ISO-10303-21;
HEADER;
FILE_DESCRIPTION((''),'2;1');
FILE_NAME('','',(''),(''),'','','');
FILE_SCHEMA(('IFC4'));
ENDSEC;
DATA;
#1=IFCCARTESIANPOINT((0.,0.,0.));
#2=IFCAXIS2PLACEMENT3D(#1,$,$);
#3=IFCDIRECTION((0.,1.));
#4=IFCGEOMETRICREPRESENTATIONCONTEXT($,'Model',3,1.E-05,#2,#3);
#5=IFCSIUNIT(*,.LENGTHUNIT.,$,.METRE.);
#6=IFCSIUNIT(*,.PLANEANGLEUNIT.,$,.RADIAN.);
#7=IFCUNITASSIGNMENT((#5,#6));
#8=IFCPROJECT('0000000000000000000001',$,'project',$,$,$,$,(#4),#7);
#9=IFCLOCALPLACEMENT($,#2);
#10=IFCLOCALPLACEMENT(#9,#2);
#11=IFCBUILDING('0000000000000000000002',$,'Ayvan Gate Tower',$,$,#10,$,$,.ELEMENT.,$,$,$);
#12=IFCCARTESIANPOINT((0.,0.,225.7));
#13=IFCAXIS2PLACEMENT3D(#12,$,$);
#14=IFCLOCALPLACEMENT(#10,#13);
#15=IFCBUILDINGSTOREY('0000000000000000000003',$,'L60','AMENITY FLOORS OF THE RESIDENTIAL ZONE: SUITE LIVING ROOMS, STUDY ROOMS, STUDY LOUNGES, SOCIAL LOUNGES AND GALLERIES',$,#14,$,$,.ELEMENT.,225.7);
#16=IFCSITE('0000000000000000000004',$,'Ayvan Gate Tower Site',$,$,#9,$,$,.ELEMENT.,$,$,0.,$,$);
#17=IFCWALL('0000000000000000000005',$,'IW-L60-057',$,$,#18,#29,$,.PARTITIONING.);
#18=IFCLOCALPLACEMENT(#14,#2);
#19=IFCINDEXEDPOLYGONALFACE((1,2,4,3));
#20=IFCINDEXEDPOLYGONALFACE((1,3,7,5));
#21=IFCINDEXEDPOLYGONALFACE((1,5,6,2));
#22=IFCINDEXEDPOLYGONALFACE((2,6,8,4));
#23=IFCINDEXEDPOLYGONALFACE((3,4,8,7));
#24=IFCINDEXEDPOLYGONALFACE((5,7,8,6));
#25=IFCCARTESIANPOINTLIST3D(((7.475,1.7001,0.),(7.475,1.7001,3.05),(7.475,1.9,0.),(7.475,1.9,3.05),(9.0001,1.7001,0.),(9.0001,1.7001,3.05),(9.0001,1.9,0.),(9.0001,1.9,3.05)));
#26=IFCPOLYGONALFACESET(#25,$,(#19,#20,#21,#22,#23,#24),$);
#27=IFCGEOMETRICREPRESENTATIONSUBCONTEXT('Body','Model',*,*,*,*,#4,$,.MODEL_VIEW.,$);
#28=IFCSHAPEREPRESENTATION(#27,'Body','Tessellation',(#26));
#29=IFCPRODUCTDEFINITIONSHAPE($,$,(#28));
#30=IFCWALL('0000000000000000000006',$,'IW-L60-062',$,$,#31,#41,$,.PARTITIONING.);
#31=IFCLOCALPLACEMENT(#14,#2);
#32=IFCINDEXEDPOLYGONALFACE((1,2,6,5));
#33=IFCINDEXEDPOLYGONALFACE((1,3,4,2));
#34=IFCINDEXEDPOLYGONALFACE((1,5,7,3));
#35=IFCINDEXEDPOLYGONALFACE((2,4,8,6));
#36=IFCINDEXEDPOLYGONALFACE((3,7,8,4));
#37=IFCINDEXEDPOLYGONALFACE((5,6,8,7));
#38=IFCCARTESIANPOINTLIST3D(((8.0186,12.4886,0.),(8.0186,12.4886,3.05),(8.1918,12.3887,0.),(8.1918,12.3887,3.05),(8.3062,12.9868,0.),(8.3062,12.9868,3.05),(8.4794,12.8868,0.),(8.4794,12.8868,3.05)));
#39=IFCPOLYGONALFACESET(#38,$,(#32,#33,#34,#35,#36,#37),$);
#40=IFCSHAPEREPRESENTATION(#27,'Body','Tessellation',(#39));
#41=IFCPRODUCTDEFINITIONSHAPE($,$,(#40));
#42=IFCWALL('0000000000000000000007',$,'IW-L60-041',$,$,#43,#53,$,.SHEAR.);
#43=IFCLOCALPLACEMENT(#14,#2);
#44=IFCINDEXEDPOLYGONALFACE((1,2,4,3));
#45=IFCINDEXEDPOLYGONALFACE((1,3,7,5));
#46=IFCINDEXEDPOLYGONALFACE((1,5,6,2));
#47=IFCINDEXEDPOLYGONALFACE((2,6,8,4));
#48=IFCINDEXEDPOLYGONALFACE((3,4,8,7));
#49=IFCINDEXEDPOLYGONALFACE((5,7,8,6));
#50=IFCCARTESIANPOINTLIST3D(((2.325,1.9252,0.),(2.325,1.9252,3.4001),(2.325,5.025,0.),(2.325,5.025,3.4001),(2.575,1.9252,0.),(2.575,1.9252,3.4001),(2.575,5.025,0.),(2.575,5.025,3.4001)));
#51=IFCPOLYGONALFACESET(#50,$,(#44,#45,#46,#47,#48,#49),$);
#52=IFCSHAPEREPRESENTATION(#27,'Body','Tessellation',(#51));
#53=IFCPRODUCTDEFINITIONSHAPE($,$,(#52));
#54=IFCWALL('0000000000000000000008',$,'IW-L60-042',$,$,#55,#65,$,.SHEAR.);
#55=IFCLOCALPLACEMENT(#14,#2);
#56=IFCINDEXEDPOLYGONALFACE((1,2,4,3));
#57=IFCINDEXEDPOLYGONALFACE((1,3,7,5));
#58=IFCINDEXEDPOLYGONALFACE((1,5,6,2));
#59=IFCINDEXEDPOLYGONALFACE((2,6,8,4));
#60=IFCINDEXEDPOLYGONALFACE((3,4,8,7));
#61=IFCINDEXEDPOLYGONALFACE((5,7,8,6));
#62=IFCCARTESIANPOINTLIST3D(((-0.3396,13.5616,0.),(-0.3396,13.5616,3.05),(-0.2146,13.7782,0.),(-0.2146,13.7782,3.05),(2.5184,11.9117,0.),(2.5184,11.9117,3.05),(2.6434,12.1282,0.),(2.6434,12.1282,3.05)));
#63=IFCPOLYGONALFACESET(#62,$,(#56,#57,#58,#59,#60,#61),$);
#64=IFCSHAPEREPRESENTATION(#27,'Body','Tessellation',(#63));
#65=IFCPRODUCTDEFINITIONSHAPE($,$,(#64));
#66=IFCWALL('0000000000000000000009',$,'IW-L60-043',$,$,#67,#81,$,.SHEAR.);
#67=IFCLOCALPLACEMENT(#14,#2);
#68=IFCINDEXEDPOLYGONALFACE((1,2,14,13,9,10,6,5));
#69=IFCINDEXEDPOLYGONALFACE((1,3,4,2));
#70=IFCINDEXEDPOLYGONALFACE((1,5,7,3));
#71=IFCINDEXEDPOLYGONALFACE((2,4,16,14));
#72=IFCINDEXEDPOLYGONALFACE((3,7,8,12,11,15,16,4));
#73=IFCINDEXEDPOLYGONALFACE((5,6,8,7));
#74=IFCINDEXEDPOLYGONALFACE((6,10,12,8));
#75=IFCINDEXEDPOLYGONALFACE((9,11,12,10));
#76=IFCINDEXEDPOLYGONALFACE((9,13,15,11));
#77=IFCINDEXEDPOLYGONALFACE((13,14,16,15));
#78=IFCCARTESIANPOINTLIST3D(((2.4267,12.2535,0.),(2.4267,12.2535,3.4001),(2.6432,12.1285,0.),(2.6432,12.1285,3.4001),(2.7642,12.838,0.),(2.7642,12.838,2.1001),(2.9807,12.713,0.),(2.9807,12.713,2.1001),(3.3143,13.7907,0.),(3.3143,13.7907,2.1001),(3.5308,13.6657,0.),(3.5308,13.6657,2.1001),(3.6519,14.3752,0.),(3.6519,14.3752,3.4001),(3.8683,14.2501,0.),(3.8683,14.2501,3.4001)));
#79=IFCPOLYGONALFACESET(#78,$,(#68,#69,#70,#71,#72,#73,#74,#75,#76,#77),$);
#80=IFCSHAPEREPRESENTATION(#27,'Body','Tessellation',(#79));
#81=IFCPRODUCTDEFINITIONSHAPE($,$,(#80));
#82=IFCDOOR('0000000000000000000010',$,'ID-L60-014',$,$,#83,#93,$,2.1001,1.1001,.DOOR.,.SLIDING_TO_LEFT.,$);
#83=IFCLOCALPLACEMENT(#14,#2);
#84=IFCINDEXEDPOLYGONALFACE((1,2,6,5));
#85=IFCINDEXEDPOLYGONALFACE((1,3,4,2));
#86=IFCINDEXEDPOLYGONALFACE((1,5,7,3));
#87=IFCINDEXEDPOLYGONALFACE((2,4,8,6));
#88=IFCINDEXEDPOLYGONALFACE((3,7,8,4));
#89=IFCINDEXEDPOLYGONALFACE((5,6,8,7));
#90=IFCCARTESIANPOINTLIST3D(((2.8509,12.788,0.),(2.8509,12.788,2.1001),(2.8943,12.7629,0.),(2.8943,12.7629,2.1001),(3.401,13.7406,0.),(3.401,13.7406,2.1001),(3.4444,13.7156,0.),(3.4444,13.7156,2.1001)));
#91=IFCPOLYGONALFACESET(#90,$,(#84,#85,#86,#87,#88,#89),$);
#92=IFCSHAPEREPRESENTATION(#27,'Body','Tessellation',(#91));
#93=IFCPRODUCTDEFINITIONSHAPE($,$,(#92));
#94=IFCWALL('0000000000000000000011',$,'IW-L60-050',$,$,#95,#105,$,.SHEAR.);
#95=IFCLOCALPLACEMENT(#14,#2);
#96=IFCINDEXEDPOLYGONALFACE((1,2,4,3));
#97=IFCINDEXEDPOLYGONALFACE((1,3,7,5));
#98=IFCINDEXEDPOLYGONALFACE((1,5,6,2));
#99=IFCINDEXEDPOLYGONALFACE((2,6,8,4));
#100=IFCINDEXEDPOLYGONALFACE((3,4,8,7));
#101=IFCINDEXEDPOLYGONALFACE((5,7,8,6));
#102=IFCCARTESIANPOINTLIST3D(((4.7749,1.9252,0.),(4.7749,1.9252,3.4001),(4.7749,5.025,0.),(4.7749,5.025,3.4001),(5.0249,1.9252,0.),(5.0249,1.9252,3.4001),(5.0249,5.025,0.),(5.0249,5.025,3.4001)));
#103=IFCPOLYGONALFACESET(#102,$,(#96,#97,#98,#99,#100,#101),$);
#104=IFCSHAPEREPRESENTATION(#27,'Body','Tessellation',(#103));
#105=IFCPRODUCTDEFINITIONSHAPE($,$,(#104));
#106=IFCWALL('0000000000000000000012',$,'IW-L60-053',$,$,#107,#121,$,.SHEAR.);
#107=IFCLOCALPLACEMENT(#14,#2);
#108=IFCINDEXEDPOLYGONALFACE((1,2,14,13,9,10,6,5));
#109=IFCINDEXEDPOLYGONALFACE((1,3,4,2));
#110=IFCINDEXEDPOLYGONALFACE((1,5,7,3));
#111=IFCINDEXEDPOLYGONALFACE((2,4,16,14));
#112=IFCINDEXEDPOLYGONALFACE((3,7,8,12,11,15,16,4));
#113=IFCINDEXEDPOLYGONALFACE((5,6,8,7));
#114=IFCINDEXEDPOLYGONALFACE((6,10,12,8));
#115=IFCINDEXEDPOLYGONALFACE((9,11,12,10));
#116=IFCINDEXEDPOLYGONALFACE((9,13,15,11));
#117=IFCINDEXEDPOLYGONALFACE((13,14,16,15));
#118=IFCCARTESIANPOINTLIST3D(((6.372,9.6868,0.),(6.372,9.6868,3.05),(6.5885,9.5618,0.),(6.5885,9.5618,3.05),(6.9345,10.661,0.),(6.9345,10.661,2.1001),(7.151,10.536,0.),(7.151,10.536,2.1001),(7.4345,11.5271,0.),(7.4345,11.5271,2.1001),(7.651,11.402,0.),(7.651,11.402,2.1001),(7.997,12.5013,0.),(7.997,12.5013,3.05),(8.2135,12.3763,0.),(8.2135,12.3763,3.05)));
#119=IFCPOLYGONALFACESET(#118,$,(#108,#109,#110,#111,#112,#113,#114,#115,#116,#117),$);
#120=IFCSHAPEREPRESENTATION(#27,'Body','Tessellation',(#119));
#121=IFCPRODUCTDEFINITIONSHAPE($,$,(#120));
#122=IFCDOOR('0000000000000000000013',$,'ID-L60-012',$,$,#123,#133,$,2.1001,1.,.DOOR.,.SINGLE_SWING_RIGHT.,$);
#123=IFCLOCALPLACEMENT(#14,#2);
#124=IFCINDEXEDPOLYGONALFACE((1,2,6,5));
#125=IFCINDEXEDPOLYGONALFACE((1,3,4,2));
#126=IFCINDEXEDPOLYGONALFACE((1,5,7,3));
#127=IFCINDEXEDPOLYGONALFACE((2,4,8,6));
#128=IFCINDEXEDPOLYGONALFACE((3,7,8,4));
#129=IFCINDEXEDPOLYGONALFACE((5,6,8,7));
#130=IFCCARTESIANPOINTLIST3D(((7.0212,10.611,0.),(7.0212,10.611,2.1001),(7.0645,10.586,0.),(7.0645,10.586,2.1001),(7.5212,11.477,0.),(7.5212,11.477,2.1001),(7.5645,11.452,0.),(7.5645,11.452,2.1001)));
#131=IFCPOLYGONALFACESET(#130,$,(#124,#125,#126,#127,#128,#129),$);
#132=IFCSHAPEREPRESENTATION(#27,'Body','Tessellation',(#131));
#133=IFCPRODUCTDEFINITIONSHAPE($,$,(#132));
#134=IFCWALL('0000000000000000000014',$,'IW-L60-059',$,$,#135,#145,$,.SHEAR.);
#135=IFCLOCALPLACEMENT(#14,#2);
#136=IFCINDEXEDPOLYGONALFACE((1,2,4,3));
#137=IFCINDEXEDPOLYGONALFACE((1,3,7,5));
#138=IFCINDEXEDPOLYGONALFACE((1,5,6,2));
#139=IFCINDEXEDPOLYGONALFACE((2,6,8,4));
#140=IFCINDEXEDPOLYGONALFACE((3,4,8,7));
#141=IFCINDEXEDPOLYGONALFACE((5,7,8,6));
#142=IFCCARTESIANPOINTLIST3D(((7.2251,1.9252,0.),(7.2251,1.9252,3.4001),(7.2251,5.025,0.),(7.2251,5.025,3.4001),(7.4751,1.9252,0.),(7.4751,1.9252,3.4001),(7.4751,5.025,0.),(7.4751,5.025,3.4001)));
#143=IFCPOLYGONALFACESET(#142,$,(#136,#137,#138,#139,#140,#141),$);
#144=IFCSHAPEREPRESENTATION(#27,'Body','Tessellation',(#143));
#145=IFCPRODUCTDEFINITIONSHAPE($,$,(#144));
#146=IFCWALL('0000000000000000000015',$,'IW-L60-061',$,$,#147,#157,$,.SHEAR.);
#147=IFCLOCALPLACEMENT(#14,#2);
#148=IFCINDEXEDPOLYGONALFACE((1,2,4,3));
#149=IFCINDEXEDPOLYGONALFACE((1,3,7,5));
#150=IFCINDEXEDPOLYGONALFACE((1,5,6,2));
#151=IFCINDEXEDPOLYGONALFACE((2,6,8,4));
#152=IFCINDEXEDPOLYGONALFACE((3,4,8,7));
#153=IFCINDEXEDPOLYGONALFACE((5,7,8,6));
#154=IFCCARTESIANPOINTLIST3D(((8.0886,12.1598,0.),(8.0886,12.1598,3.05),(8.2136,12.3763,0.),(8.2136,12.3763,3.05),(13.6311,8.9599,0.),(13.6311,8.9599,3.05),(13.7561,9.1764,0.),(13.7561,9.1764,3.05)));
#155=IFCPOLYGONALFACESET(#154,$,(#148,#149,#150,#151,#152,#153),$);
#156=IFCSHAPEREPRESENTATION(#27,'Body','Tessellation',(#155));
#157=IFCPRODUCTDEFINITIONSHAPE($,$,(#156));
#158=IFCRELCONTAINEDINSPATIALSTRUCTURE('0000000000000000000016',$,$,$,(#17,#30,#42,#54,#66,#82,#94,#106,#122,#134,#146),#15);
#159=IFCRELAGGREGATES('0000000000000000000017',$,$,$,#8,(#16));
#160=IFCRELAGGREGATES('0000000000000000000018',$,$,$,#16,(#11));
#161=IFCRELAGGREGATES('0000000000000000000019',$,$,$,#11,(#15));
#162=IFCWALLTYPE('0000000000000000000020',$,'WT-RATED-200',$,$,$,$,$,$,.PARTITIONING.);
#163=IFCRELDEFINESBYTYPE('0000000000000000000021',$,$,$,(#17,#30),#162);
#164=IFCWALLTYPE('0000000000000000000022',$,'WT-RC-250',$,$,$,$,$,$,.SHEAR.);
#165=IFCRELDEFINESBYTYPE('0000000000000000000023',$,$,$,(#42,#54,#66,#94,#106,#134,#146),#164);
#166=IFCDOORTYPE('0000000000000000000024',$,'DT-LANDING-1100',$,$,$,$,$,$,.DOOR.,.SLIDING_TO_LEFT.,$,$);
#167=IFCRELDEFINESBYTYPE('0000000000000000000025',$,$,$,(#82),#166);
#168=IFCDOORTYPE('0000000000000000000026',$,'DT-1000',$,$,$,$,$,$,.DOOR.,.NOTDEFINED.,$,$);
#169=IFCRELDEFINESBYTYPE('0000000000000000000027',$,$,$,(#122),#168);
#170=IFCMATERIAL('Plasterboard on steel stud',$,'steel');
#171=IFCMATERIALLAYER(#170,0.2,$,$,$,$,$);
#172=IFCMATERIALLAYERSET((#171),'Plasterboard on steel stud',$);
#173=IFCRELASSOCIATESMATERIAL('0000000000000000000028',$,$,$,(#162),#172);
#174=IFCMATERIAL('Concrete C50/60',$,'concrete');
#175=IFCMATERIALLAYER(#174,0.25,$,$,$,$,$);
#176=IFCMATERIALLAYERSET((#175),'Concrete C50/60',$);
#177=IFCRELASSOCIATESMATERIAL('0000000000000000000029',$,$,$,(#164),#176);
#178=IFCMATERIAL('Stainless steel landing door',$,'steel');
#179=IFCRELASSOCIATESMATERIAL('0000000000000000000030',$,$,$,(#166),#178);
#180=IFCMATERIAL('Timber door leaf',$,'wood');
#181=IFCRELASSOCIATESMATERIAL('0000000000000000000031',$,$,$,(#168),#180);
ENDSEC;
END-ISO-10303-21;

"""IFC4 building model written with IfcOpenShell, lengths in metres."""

from ifc_helpers import new_model, si_unit, direction, frame, frame_2d, origin, place, context, subcontext, project, spatial, rectangle, extrude, material, layer, layer_set, type_object, element, fill, save


model = new_model("IFC4")

# Units and contexts
model_context = context("Model", 3, precision=1e-05, world=origin(), true_north=direction((0.0, 1.0)))
body_context = subcontext(model_context, "Body", "Model", "MODEL_VIEW")
ifc_project = project(units=[si_unit("LENGTHUNIT", "METRE"), si_unit("PLANEANGLEUNIT", "RADIAN")], contexts=[model_context])

# Site, building, storey
site_placement = place(None, origin())
site = spatial("IfcSite", under=ifc_project, at=site_placement, Name="Ayvan Gate Tower Site", CompositionType="ELEMENT", RefElevation=0.0)
building_placement = place(site_placement, origin())
building = spatial("IfcBuilding", under=site, at=building_placement, Name="Ayvan Gate Tower", CompositionType="ELEMENT")
storey_placement = place(building_placement, frame((0.0, 0.0, 225.7)))
storey = spatial("IfcBuildingStorey", under=building, at=storey_placement, Name="L60", Description="AMENITY FLOORS OF THE RESIDENTIAL ZONE: SUITE LIVING ROOMS, STUDY ROOMS, STUDY LOUNGES, SOCIAL LOUNGES AND GALLERIES", CompositionType="ELEMENT", Elevation=225.7)

# Shared definitions
ifc_material_1 = material(Name="Concrete C50/60", Category="concrete")

# Shared definitions
ifc_material_2 = material(Name="Timber door leaf", Category="wood")

# Shared definitions
ifc_material_3 = material(Name="Plasterboard on steel stud", Category="steel")
ifc_layer_1 = layer(ifc_material_3, 0.2)
ifc_layer_set_1 = layer_set([ifc_layer_1], Name="Plasterboard on steel stud")
wall_type_1 = type_object("IfcWallType", Name="WT-RATED-200", PredefinedType="PARTITIONING", material=ifc_layer_set_1)

# Walls
wall_1_placement = place(storey_placement, frame((7.4749, 1.8, 0.0), z_axis=(0.0, 0.0, 1.0), x_axis=(1.0, 0.0, 0.0)))
element("IfcWall", 1, at=wall_1_placement, inside=storey, type_object=wall_type_1, Name="IW-L60-057", PredefinedType="PARTITIONING", context=body_context, shape_type="SweptSolid", body=[
    extrude(rectangle(XDim=1.5251, YDim=0.2, at=frame_2d((0.7627, 0.0))), origin(), (0.0, 0.0, 1.0), 3.05),
])
wall_2_placement = place(storey_placement, frame((8.3928, 12.9368, 0.0), z_axis=(0.0, 0.0, 1.0), x_axis=(-0.500065, -0.865988, 0.0)))
element("IfcWall", 2, at=wall_2_placement, inside=storey, type_object=wall_type_1, Name="IW-L60-062", PredefinedType="PARTITIONING", context=body_context, shape_type="SweptSolid", body=[
    extrude(rectangle(XDim=0.5752, YDim=0.2, at=frame_2d((0.2876, 0.0))), origin(), (0.0, 0.0, 1.0), 3.05),
])
ifc_layer_2 = layer(ifc_material_1, 0.25)
ifc_layer_set_2 = layer_set([ifc_layer_2], Name="Concrete C50/60")
wall_type_2 = type_object("IfcWallType", Name="WT-RC-250", PredefinedType="SHEAR", material=ifc_layer_set_2)
wall_3_placement = place(storey_placement, frame((2.45, 5.0249, 0.0), z_axis=(0.0, 0.0, 1.0), x_axis=(0.0, -1.0, 0.0)))
element("IfcWall", 3, at=wall_3_placement, inside=storey, type_object=wall_type_2, Name="IW-L60-041", PredefinedType="SHEAR", context=body_context, shape_type="SweptSolid", body=[
    extrude(rectangle(XDim=3.0999, YDim=0.25, at=frame_2d((1.5498, 0.0))), origin(), (0.0, 0.0, 1.0), 3.4001),
])
wall_4_placement = place(storey_placement, frame((2.5808, 12.02, 0.0), z_axis=(0.0, 0.0, 1.0), x_axis=(-0.86604, 0.499974, 0.0)))
element("IfcWall", 4, at=wall_4_placement, inside=storey, type_object=wall_type_2, Name="IW-L60-042", PredefinedType="SHEAR", context=body_context, shape_type="SweptSolid", body=[
    extrude(rectangle(XDim=3.3, YDim=0.25, at=frame_2d((1.6499, 0.0))), origin(), (0.0, 0.0, 1.0), 3.05),
])

# Wall, opening, door
wall_5_placement = place(storey_placement, frame((2.5349, 12.1909, 0.0), z_axis=(0.0, 0.0, 1.0), x_axis=(0.500062, 0.86599, 0.0)))
wall_5 = element("IfcWall", 5, at=wall_5_placement, inside=storey, type_object=wall_type_2, Name="IW-L60-043", PredefinedType="SHEAR", context=body_context, shape_type="SweptSolid", body=[
    extrude(rectangle(XDim=2.45, YDim=0.25, at=frame_2d((1.2251, 0.0))), origin(), (0.0, 0.0, 1.0), 3.4001),
])
opening_1_placement = place(wall_5_placement, frame((0.675, 0.0, 0.0)))
opening_1 = element("IfcOpeningElement", 6, at=opening_1_placement, cuts=wall_5, PredefinedType="OPENING", context=body_context, shape_type="SweptSolid", body=[
    extrude(rectangle(XDim=1.1001, YDim=2.1001, at=frame_2d((0.55, 1.05))), frame((0.0, 0.135, 0.0), z_axis=(0.0, -1.0, 0.0), x_axis=(1.0, 0.0, 0.0)), (0.0, 0.0, 1.0), 0.27),
])
ifc_material_4 = material(Name="Stainless steel landing door", Category="steel")
door_type_1 = type_object("IfcDoorType", Name="DT-LANDING-1100", OperationType="SLIDING_TO_LEFT", PredefinedType="DOOR", material=ifc_material_4)
door_1_placement = place(opening_1_placement, origin())
door_1 = element("IfcDoor", 7, at=door_1_placement, inside=storey, type_object=door_type_1, Name="ID-L60-014", OperationType="SLIDING_TO_LEFT", OverallHeight=2.1001, OverallWidth=1.1001, PredefinedType="DOOR", context=body_context, shape_type="SweptSolid", body=[
    extrude(rectangle(XDim=1.1001, YDim=2.1001, at=frame_2d((0.55, 1.05))), frame((0.0, 0.0249, 0.0), z_axis=(0.0, -1.0, 0.0), x_axis=(1.0, 0.0, 0.0)), (0.0, 0.0, 1.0), 0.05),
])
fill(opening_1, door_1)

# Wall
wall_6_placement = place(storey_placement, frame((4.8999, 5.0249, 0.0), z_axis=(0.0, 0.0, 1.0), x_axis=(0.0, -1.0, 0.0)))
element("IfcWall", 8, at=wall_6_placement, inside=storey, type_object=wall_type_2, Name="IW-L60-050", PredefinedType="SHEAR", context=body_context, shape_type="SweptSolid", body=[
    extrude(rectangle(XDim=3.0999, YDim=0.25, at=frame_2d((1.5498, 0.0))), origin(), (0.0, 0.0, 1.0), 3.4001),
])

# Wall, opening, door
wall_7_placement = place(storey_placement, frame((6.4802, 9.6243, 0.0), z_axis=(0.0, 0.0, 1.0), x_axis=(0.500017, 0.866015, 0.0)))
wall_7 = element("IfcWall", 9, at=wall_7_placement, inside=storey, type_object=wall_type_2, Name="IW-L60-053", PredefinedType="SHEAR", context=body_context, shape_type="SweptSolid", body=[
    extrude(rectangle(XDim=3.25, YDim=0.25, at=frame_2d((1.625, 0.0))), origin(), (0.0, 0.0, 1.0), 3.05),
])
opening_2_placement = place(wall_7_placement, frame((1.125, 0.0, 0.0)))
opening_2 = element("IfcOpeningElement", 10, at=opening_2_placement, cuts=wall_7, PredefinedType="OPENING", context=body_context, shape_type="SweptSolid", body=[
    extrude(rectangle(XDim=1.0, YDim=2.1001, at=frame_2d((0.5, 1.05))), frame((0.0, 0.135, 0.0), z_axis=(0.0, -1.0, 0.0), x_axis=(1.0, 0.0, 0.0)), (0.0, 0.0, 1.0), 0.27),
])
door_type_2 = type_object("IfcDoorType", Name="DT-1000", OperationType="NOTDEFINED", PredefinedType="DOOR", material=ifc_material_2)
door_2_placement = place(opening_2_placement, origin())
door_2 = element("IfcDoor", 11, at=door_2_placement, inside=storey, type_object=door_type_2, Name="ID-L60-012", OperationType="SINGLE_SWING_RIGHT", OverallHeight=2.1001, OverallWidth=1.0, PredefinedType="DOOR", context=body_context, shape_type="SweptSolid", body=[
    extrude(rectangle(XDim=1.0, YDim=2.1001, at=frame_2d((0.5, 1.05))), frame((0.0, 0.0249, 0.0), z_axis=(0.0, -1.0, 0.0), x_axis=(1.0, 0.0, 0.0)), (0.0, 0.0, 1.0), 0.05),
])
fill(opening_2, door_2)

# Walls
wall_8_placement = place(storey_placement, frame((7.3501, 5.0249, 0.0), z_axis=(0.0, 0.0, 1.0), x_axis=(0.0, -1.0, 0.0)))
element("IfcWall", 12, at=wall_8_placement, inside=storey, type_object=wall_type_2, Name="IW-L60-059", PredefinedType="SHEAR", context=body_context, shape_type="SweptSolid", body=[
    extrude(rectangle(XDim=3.0999, YDim=0.25, at=frame_2d((1.5498, 0.0))), origin(), (0.0, 0.0, 1.0), 3.4001),
])
wall_9_placement = place(storey_placement, frame((8.1511, 12.2681, 0.0), z_axis=(0.0, 0.0, 1.0), x_axis=(0.866025, -0.5, 0.0)))
element("IfcWall", 13, at=wall_9_placement, inside=storey, type_object=wall_type_2, Name="IW-L60-061", PredefinedType="SHEAR", context=body_context, shape_type="SweptSolid", body=[
    extrude(rectangle(XDim=6.3999, YDim=0.25, at=frame_2d((3.2, 0.0))), origin(), (0.0, 0.0, 1.0), 3.05),
])

save(model, "model.ifc")
